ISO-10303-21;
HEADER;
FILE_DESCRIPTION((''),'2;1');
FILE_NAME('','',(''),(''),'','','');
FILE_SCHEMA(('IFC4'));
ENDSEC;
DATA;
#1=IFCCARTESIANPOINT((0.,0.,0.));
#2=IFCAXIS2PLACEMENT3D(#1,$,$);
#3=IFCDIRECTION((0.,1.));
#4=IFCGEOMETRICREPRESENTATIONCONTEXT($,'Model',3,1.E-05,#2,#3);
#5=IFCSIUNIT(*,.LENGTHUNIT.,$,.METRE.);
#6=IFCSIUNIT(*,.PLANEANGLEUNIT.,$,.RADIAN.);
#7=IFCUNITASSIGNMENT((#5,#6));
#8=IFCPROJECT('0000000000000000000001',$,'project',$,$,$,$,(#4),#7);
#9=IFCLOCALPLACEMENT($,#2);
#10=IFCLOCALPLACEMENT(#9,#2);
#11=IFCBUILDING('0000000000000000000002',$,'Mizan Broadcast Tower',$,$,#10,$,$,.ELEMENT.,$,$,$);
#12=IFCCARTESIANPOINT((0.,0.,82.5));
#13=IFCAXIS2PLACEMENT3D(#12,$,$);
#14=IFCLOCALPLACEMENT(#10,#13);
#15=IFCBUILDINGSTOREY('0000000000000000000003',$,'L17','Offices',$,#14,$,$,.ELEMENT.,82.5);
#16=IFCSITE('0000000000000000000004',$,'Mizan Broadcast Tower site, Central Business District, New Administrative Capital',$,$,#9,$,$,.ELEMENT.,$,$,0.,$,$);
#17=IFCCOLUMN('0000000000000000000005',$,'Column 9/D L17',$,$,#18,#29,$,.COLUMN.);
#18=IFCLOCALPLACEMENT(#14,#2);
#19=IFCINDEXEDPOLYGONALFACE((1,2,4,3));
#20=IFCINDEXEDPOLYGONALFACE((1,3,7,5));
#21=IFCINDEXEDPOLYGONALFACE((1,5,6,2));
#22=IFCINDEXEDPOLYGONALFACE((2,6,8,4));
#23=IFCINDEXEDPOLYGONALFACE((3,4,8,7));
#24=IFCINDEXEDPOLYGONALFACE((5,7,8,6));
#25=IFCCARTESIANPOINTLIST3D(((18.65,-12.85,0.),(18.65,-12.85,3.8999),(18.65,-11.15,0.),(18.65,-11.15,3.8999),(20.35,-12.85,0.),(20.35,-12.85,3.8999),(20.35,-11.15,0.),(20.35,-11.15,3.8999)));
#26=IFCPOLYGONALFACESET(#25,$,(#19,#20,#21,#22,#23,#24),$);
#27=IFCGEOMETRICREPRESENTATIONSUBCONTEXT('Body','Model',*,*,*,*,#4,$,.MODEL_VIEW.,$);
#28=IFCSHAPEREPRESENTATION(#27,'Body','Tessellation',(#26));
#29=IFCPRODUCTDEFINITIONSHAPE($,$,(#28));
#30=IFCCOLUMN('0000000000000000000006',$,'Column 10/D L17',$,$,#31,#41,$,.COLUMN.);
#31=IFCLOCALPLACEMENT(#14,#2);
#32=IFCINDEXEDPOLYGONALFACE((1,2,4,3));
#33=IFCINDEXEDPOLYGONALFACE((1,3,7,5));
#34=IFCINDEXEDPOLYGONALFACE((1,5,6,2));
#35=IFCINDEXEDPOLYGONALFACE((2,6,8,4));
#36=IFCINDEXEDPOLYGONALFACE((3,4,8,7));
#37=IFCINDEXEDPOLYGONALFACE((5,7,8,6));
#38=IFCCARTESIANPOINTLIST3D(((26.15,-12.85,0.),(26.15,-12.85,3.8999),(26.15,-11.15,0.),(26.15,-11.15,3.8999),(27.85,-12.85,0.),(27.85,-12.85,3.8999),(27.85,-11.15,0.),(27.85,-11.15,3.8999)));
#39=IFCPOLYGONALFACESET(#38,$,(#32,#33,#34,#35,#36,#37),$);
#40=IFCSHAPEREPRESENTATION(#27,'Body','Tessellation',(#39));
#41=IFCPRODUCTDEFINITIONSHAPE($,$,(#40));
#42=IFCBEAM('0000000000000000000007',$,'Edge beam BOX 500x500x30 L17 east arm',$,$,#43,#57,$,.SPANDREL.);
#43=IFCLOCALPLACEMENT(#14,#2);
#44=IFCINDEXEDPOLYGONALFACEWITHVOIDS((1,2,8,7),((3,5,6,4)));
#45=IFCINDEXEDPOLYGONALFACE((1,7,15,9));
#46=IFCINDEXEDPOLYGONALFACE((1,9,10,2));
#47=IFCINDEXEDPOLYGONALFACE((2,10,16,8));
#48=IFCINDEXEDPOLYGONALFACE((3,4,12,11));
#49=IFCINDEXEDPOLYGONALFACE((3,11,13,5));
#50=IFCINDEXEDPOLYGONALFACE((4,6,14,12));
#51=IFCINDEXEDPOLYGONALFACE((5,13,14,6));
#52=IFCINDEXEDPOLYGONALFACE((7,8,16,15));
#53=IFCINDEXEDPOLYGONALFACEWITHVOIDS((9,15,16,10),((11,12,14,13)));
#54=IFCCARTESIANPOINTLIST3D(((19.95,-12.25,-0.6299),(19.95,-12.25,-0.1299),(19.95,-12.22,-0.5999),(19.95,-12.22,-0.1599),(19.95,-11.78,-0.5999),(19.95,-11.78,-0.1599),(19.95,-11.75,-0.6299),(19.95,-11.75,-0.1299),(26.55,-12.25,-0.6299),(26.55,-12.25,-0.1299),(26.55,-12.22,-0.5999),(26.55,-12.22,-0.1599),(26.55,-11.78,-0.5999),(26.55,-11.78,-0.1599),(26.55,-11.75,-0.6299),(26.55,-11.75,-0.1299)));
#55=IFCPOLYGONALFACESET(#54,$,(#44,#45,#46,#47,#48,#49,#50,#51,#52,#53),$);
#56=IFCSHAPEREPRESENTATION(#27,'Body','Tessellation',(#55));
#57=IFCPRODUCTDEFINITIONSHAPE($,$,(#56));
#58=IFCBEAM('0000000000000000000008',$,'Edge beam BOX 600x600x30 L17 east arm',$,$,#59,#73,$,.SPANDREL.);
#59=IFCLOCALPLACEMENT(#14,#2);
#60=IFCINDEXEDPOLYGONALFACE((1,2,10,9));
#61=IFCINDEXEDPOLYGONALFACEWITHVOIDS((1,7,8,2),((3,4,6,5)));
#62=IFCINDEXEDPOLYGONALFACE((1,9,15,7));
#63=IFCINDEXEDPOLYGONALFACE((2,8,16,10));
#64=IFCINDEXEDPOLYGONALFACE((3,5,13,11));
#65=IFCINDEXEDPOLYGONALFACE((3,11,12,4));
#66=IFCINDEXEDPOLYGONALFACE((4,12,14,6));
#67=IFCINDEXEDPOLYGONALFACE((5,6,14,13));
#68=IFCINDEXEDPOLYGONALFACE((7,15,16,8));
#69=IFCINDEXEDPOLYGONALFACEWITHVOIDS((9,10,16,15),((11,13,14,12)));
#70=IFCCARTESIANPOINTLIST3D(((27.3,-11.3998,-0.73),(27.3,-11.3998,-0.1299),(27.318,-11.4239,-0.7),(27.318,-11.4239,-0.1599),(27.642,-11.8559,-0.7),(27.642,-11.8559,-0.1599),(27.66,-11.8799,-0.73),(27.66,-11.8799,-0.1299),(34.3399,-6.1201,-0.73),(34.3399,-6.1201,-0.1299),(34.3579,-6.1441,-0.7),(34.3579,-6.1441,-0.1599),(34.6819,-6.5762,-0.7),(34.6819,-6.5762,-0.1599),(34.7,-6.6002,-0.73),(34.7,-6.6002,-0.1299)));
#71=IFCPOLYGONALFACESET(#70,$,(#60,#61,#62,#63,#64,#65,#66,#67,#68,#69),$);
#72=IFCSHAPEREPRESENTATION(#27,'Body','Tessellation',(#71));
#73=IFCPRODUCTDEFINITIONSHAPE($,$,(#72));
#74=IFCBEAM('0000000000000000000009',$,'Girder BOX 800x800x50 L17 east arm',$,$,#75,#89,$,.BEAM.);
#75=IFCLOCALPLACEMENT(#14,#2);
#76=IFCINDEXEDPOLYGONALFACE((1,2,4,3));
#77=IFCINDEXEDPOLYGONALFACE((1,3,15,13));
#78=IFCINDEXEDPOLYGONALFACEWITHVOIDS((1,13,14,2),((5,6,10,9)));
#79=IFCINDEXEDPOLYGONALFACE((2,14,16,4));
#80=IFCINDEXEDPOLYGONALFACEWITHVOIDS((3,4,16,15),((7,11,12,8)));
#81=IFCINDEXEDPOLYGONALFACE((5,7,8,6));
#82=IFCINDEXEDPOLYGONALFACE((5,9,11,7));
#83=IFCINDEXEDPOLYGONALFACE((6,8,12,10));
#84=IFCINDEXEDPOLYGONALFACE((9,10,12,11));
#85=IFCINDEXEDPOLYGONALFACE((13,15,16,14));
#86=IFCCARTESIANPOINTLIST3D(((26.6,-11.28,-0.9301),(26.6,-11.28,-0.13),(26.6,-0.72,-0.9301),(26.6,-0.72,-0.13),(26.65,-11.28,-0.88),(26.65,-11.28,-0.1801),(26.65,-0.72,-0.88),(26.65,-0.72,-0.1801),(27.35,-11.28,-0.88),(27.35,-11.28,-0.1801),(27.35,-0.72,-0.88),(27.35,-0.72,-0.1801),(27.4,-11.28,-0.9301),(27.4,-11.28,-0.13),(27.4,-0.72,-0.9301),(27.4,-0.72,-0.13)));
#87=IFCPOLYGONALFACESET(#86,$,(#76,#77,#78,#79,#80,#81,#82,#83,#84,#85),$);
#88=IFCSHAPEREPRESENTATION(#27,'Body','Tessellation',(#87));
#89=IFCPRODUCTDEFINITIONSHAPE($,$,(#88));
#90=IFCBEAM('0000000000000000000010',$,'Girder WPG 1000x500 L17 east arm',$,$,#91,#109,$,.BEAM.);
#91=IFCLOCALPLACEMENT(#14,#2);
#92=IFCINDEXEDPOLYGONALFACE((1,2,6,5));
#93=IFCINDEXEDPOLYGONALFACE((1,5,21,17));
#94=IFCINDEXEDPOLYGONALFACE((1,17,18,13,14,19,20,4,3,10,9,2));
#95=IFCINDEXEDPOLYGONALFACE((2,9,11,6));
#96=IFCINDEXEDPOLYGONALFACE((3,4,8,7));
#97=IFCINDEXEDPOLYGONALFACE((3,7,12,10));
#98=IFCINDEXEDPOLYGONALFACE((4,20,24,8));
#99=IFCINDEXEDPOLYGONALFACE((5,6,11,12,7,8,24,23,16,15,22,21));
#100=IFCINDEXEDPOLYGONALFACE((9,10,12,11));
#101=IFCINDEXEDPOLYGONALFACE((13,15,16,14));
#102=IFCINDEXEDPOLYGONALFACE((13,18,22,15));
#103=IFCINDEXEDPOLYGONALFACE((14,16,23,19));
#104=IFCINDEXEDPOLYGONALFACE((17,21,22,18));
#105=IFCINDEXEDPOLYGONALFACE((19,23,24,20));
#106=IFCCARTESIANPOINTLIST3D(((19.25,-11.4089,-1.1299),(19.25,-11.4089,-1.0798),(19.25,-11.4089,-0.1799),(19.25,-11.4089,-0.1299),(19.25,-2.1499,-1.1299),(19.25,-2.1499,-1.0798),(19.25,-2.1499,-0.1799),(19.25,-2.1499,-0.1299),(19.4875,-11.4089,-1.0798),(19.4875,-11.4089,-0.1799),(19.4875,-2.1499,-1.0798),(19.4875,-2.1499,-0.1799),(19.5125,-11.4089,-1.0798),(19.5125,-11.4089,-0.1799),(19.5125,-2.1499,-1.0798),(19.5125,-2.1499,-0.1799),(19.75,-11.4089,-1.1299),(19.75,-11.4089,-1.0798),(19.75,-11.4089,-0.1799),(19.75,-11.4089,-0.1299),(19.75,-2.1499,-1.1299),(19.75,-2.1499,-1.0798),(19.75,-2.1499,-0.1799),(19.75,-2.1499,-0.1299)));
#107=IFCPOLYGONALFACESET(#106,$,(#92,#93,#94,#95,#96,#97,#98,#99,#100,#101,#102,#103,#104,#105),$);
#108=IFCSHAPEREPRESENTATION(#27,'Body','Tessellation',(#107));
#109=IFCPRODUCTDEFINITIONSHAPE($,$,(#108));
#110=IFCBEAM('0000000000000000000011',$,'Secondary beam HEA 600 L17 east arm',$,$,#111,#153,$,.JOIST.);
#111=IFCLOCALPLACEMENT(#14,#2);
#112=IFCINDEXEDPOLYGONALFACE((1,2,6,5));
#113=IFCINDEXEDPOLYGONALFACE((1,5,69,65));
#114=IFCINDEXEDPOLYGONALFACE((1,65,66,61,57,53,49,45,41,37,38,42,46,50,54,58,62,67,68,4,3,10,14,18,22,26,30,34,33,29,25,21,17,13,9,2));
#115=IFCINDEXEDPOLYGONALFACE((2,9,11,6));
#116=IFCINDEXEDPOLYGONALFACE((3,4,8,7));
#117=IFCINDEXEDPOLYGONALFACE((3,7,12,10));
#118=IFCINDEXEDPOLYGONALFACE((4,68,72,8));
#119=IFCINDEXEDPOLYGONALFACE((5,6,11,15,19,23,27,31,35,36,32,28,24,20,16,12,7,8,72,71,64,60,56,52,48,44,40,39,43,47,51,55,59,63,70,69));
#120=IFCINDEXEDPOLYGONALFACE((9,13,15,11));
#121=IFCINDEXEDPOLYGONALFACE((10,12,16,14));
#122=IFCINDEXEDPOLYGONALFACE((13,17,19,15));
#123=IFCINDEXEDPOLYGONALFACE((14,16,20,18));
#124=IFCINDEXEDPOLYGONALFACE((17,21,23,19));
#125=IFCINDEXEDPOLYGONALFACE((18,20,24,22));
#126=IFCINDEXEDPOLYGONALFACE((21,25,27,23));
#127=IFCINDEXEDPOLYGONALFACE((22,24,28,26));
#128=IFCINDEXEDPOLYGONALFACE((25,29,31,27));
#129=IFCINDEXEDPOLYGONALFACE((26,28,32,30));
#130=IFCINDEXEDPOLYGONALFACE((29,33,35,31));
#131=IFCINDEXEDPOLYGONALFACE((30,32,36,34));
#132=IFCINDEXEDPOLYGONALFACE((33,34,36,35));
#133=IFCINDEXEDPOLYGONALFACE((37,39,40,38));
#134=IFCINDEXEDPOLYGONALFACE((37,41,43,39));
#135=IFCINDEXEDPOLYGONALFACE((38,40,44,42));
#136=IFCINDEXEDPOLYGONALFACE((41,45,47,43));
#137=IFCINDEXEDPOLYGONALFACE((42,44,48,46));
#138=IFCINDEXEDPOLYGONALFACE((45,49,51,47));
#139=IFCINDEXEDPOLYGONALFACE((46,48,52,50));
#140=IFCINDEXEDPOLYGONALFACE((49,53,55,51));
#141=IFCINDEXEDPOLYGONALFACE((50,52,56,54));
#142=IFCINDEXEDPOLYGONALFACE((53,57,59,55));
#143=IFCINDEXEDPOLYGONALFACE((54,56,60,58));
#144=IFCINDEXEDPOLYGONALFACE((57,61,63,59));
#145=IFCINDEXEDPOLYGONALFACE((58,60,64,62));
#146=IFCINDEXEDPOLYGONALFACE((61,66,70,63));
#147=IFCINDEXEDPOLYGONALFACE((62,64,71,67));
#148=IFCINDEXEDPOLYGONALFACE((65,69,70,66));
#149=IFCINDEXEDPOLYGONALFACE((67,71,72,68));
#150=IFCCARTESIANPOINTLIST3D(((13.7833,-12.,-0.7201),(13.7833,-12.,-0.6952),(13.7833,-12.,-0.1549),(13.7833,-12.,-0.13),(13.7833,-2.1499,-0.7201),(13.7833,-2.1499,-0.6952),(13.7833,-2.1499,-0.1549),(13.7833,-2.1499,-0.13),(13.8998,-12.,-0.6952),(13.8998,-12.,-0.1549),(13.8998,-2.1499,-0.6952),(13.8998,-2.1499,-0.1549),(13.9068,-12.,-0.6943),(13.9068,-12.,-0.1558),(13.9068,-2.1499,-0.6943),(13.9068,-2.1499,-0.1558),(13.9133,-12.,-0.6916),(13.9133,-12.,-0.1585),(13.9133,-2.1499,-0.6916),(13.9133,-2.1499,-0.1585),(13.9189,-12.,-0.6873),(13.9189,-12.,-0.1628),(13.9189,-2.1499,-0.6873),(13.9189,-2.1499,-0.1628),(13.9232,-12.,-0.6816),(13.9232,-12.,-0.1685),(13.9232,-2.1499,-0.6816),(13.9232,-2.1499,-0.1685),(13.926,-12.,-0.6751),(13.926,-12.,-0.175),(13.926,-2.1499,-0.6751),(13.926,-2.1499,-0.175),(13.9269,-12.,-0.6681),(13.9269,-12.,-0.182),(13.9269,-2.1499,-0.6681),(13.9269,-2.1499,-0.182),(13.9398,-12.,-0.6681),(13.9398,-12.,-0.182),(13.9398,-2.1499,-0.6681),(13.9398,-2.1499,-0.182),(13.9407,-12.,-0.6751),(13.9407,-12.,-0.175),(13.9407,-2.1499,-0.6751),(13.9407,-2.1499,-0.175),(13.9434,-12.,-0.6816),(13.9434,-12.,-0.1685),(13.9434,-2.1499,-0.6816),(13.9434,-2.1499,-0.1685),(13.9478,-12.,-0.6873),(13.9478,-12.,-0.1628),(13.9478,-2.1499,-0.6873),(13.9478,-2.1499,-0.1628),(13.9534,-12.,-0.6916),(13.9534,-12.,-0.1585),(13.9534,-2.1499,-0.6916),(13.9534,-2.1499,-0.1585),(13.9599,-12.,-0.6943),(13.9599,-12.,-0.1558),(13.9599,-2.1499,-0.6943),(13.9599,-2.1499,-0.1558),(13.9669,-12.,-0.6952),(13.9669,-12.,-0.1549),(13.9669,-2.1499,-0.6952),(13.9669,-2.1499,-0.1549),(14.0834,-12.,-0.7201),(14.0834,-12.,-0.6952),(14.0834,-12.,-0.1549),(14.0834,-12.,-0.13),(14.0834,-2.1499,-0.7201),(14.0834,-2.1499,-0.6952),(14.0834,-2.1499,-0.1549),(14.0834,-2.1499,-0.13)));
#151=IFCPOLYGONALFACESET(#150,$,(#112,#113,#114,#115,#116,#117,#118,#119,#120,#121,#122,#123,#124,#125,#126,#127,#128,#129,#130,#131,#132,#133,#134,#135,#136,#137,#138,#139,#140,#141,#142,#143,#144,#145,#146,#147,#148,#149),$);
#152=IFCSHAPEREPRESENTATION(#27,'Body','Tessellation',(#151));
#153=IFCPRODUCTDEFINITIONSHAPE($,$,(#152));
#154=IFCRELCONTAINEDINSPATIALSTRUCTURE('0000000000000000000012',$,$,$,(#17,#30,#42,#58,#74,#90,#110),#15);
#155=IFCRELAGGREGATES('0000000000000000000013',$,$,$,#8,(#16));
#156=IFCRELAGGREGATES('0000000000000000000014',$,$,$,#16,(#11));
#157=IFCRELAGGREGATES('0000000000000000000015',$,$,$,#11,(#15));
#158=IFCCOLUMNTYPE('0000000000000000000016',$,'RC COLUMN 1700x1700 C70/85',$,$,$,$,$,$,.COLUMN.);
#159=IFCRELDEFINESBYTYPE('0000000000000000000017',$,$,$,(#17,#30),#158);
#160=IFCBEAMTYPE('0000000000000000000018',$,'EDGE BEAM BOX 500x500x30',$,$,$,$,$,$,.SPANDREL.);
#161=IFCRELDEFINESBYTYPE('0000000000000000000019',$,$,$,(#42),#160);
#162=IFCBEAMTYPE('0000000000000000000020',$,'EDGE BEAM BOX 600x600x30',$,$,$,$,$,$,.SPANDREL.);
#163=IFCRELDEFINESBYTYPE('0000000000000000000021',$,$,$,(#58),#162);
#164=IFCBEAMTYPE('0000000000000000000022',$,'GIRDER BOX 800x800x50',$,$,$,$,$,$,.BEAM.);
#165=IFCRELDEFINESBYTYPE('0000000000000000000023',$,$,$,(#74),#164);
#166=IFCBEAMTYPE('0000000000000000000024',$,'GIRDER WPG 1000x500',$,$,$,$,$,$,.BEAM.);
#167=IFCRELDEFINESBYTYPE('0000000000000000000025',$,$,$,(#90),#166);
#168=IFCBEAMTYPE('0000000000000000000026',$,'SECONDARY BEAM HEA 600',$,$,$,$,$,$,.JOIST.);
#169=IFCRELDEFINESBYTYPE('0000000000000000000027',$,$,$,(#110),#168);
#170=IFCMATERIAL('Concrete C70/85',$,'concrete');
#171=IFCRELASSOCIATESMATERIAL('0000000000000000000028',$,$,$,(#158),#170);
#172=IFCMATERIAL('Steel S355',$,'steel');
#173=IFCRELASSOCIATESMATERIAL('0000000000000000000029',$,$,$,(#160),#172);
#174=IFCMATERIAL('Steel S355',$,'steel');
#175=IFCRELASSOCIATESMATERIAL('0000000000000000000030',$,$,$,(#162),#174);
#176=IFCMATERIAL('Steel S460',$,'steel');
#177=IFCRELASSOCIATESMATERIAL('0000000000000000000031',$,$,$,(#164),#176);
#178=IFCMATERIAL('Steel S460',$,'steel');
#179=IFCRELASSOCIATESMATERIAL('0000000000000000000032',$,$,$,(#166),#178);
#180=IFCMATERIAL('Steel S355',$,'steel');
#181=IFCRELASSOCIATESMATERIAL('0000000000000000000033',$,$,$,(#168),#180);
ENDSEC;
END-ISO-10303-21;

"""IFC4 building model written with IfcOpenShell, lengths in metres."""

from ifc_helpers import new_model, si_unit, direction, frame, origin, origin_2d, place, context, subcontext, project, spatial, rectangle, hollow_rectangle, i_section, extrude, material, material_profile, profile_set, type_object, element, save


model = new_model("IFC4")

# Units and contexts
model_context = context("Model", 3, precision=1e-05, world=origin(), true_north=direction((0.0, 1.0)))
body_context = subcontext(model_context, "Body", "Model", "MODEL_VIEW")
ifc_project = project(units=[si_unit("LENGTHUNIT", "METRE"), si_unit("PLANEANGLEUNIT", "RADIAN")], contexts=[model_context])

# Site, building, storey
site_placement = place(None, origin())
site = spatial("IfcSite", under=ifc_project, at=site_placement, Name="Mizan Broadcast Tower site, Central Business District, New Administrative Capital", CompositionType="ELEMENT", RefElevation=0.0)
building_placement = place(site_placement, origin())
building = spatial("IfcBuilding", under=site, at=building_placement, Name="Mizan Broadcast Tower", CompositionType="ELEMENT")
storey_placement = place(building_placement, frame((0.0, 0.0, 82.5)))
storey = spatial("IfcBuildingStorey", under=building, at=storey_placement, Name="L17", Description="Offices", CompositionType="ELEMENT", Elevation=82.5)

# Columns
ifc_material_1 = material(Name="Concrete C70/85", Category="concrete")
ifc_material_profile_1 = material_profile(ifc_material_1, rectangle(XDim=1.7, YDim=1.7, at=origin_2d()), Name="RC 1700x1700")
ifc_profile_set_1 = profile_set([ifc_material_profile_1], Name="Concrete C70/85")
column_type = type_object("IfcColumnType", Name="RC COLUMN 1700x1700 C70/85", PredefinedType="COLUMN", material=ifc_profile_set_1)
for number, where, z_axis, x_axis, name in (
    (1, (19.5, -12.0, 0.0), (0.0, 0.0, 1.0), (1.0, 0.0, 0.0), "Column 9/D L17"),
    (2, (27.0, -12.0, 0.0), (0.0, 0.0, 1.0), (1.0, 0.0, 0.0), "Column 10/D L17"),
):
    element("IfcColumn", number, at=place(storey_placement, frame(where, z_axis=z_axis, x_axis=x_axis)), inside=storey, type_object=column_type, Name=name, PredefinedType="COLUMN", context=body_context, shape_type="SweptSolid", body=[
        extrude(rectangle(XDim=1.7, YDim=1.7, at=origin_2d()), origin(), (0.0, 0.0, 1.0), 3.8999),
    ])

# Beams
ifc_material_2 = material(Name="Steel S355", Category="steel")
ifc_material_profile_2 = material_profile(ifc_material_2, hollow_rectangle(XDim=0.5, YDim=0.5, WallThickness=0.03, at=origin_2d()), Name="BOX 500x500x30")
ifc_profile_set_2 = profile_set([ifc_material_profile_2], Name="Steel S355")
beam_type_1 = type_object("IfcBeamType", Name="EDGE BEAM BOX 500x500x30", PredefinedType="SPANDREL", material=ifc_profile_set_2)
beam_1_placement = place(storey_placement, frame((19.95, -12.0, -0.3799), z_axis=(1.0, 0.0, 0.0), x_axis=(0.0, 1.0, 0.0)))
element("IfcBeam", 3, at=beam_1_placement, inside=storey, type_object=beam_type_1, Name="Edge beam BOX 500x500x30 L17 east arm", PredefinedType="SPANDREL", context=body_context, shape_type="SweptSolid", body=[
    extrude(hollow_rectangle(XDim=0.5, YDim=0.5, WallThickness=0.03, at=origin_2d()), origin(), (0.0, 0.0, 1.0), 6.6001),
])
ifc_material_3 = material(Name="Steel S355", Category="steel")
ifc_material_profile_3 = material_profile(ifc_material_3, hollow_rectangle(XDim=0.6001, YDim=0.6001, WallThickness=0.03, at=origin_2d()), Name="BOX 600x600x30")
ifc_profile_set_3 = profile_set([ifc_material_profile_3], Name="Steel S355")
beam_type_2 = type_object("IfcBeamType", Name="EDGE BEAM BOX 600x600x30", PredefinedType="SPANDREL", material=ifc_profile_set_3)
beam_2_placement = place(storey_placement, frame((27.48, -11.6399, -0.4299), z_axis=(0.800013, 0.599982, 0.0), x_axis=(-0.599982, 0.800013, 0.0)))
element("IfcBeam", 4, at=beam_2_placement, inside=storey, type_object=beam_type_2, Name="Edge beam BOX 600x600x30 L17 east arm", PredefinedType="SPANDREL", context=body_context, shape_type="SweptSolid", body=[
    extrude(hollow_rectangle(XDim=0.6001, YDim=0.6001, WallThickness=0.03, at=origin_2d()), origin(), (0.0, 0.0, 1.0), 8.7998),
])
ifc_material_4 = material(Name="Steel S460", Category="steel")
ifc_material_profile_4 = material_profile(ifc_material_4, hollow_rectangle(XDim=0.8, YDim=0.8, WallThickness=0.05, at=origin_2d()), Name="BOX 800x800x50")
ifc_profile_set_4 = profile_set([ifc_material_profile_4], Name="Steel S460")
beam_type_3 = type_object("IfcBeamType", Name="GIRDER BOX 800x800x50", PredefinedType="BEAM", material=ifc_profile_set_4)
beam_3_placement = place(storey_placement, frame((27.0, -11.28, -0.53), z_axis=(0.0, 1.0, 0.0), x_axis=(-1.0, 0.0, 0.0)))
element("IfcBeam", 5, at=beam_3_placement, inside=storey, type_object=beam_type_3, Name="Girder BOX 800x800x50 L17 east arm", PredefinedType="BEAM", context=body_context, shape_type="SweptSolid", body=[
    extrude(hollow_rectangle(XDim=0.8, YDim=0.8, WallThickness=0.05, at=origin_2d()), origin(), (0.0, 0.0, 1.0), 10.5601),
])
ifc_material_5 = material(Name="Steel S460", Category="steel")
ifc_material_profile_5 = material_profile(ifc_material_5, i_section(OverallWidth=0.5, OverallDepth=1.0, WebThickness=0.0249, FlangeThickness=0.05, at=origin_2d()), Name="WPG 1000x500")
ifc_profile_set_5 = profile_set([ifc_material_profile_5], Name="Steel S460")
beam_type_4 = type_object("IfcBeamType", Name="GIRDER WPG 1000x500", PredefinedType="BEAM", material=ifc_profile_set_5)
beam_4_placement = place(storey_placement, frame((19.5, -11.4089, -0.6299), z_axis=(0.0, 1.0, 0.0), x_axis=(-1.0, 0.0, 0.0)))
element("IfcBeam", 6, at=beam_4_placement, inside=storey, type_object=beam_type_4, Name="Girder WPG 1000x500 L17 east arm", PredefinedType="BEAM", context=body_context, shape_type="SweptSolid", body=[
    extrude(i_section(OverallWidth=0.5, OverallDepth=1.0, WebThickness=0.0249, FlangeThickness=0.05, at=origin_2d()), origin(), (0.0, 0.0, 1.0), 9.259),
])
ifc_material_6 = material(Name="Steel S355", Category="steel")
ifc_material_profile_6 = material_profile(ifc_material_6, i_section(OverallWidth=0.3, OverallDepth=0.5901, WebThickness=0.0129, FlangeThickness=0.0249, FilletRadius=0.0271, at=origin_2d()), Name="HEA 600")
ifc_profile_set_6 = profile_set([ifc_material_profile_6], Name="Steel S355")
beam_type_5 = type_object("IfcBeamType", Name="SECONDARY BEAM HEA 600", PredefinedType="JOIST", material=ifc_profile_set_6)
for number, where, z_axis, x_axis, name in (
    (7, (13.9333, -12.0, -0.425), (0.0, 1.0, 0.0), (-1.0, 0.0, 0.0), "Secondary beam HEA 600 L17 east arm"),
):
    element("IfcBeam", number, at=place(storey_placement, frame(where, z_axis=z_axis, x_axis=x_axis)), inside=storey, type_object=beam_type_5, Name=name, PredefinedType="JOIST", context=body_context, shape_type="SweptSolid", body=[
        extrude(i_section(OverallWidth=0.3, OverallDepth=0.5901, WebThickness=0.0129, FlangeThickness=0.0249, FilletRadius=0.0271, at=origin_2d()), origin(), (0.0, 0.0, 1.0), 9.8501),
    ])

save(model, "model.ifc")
